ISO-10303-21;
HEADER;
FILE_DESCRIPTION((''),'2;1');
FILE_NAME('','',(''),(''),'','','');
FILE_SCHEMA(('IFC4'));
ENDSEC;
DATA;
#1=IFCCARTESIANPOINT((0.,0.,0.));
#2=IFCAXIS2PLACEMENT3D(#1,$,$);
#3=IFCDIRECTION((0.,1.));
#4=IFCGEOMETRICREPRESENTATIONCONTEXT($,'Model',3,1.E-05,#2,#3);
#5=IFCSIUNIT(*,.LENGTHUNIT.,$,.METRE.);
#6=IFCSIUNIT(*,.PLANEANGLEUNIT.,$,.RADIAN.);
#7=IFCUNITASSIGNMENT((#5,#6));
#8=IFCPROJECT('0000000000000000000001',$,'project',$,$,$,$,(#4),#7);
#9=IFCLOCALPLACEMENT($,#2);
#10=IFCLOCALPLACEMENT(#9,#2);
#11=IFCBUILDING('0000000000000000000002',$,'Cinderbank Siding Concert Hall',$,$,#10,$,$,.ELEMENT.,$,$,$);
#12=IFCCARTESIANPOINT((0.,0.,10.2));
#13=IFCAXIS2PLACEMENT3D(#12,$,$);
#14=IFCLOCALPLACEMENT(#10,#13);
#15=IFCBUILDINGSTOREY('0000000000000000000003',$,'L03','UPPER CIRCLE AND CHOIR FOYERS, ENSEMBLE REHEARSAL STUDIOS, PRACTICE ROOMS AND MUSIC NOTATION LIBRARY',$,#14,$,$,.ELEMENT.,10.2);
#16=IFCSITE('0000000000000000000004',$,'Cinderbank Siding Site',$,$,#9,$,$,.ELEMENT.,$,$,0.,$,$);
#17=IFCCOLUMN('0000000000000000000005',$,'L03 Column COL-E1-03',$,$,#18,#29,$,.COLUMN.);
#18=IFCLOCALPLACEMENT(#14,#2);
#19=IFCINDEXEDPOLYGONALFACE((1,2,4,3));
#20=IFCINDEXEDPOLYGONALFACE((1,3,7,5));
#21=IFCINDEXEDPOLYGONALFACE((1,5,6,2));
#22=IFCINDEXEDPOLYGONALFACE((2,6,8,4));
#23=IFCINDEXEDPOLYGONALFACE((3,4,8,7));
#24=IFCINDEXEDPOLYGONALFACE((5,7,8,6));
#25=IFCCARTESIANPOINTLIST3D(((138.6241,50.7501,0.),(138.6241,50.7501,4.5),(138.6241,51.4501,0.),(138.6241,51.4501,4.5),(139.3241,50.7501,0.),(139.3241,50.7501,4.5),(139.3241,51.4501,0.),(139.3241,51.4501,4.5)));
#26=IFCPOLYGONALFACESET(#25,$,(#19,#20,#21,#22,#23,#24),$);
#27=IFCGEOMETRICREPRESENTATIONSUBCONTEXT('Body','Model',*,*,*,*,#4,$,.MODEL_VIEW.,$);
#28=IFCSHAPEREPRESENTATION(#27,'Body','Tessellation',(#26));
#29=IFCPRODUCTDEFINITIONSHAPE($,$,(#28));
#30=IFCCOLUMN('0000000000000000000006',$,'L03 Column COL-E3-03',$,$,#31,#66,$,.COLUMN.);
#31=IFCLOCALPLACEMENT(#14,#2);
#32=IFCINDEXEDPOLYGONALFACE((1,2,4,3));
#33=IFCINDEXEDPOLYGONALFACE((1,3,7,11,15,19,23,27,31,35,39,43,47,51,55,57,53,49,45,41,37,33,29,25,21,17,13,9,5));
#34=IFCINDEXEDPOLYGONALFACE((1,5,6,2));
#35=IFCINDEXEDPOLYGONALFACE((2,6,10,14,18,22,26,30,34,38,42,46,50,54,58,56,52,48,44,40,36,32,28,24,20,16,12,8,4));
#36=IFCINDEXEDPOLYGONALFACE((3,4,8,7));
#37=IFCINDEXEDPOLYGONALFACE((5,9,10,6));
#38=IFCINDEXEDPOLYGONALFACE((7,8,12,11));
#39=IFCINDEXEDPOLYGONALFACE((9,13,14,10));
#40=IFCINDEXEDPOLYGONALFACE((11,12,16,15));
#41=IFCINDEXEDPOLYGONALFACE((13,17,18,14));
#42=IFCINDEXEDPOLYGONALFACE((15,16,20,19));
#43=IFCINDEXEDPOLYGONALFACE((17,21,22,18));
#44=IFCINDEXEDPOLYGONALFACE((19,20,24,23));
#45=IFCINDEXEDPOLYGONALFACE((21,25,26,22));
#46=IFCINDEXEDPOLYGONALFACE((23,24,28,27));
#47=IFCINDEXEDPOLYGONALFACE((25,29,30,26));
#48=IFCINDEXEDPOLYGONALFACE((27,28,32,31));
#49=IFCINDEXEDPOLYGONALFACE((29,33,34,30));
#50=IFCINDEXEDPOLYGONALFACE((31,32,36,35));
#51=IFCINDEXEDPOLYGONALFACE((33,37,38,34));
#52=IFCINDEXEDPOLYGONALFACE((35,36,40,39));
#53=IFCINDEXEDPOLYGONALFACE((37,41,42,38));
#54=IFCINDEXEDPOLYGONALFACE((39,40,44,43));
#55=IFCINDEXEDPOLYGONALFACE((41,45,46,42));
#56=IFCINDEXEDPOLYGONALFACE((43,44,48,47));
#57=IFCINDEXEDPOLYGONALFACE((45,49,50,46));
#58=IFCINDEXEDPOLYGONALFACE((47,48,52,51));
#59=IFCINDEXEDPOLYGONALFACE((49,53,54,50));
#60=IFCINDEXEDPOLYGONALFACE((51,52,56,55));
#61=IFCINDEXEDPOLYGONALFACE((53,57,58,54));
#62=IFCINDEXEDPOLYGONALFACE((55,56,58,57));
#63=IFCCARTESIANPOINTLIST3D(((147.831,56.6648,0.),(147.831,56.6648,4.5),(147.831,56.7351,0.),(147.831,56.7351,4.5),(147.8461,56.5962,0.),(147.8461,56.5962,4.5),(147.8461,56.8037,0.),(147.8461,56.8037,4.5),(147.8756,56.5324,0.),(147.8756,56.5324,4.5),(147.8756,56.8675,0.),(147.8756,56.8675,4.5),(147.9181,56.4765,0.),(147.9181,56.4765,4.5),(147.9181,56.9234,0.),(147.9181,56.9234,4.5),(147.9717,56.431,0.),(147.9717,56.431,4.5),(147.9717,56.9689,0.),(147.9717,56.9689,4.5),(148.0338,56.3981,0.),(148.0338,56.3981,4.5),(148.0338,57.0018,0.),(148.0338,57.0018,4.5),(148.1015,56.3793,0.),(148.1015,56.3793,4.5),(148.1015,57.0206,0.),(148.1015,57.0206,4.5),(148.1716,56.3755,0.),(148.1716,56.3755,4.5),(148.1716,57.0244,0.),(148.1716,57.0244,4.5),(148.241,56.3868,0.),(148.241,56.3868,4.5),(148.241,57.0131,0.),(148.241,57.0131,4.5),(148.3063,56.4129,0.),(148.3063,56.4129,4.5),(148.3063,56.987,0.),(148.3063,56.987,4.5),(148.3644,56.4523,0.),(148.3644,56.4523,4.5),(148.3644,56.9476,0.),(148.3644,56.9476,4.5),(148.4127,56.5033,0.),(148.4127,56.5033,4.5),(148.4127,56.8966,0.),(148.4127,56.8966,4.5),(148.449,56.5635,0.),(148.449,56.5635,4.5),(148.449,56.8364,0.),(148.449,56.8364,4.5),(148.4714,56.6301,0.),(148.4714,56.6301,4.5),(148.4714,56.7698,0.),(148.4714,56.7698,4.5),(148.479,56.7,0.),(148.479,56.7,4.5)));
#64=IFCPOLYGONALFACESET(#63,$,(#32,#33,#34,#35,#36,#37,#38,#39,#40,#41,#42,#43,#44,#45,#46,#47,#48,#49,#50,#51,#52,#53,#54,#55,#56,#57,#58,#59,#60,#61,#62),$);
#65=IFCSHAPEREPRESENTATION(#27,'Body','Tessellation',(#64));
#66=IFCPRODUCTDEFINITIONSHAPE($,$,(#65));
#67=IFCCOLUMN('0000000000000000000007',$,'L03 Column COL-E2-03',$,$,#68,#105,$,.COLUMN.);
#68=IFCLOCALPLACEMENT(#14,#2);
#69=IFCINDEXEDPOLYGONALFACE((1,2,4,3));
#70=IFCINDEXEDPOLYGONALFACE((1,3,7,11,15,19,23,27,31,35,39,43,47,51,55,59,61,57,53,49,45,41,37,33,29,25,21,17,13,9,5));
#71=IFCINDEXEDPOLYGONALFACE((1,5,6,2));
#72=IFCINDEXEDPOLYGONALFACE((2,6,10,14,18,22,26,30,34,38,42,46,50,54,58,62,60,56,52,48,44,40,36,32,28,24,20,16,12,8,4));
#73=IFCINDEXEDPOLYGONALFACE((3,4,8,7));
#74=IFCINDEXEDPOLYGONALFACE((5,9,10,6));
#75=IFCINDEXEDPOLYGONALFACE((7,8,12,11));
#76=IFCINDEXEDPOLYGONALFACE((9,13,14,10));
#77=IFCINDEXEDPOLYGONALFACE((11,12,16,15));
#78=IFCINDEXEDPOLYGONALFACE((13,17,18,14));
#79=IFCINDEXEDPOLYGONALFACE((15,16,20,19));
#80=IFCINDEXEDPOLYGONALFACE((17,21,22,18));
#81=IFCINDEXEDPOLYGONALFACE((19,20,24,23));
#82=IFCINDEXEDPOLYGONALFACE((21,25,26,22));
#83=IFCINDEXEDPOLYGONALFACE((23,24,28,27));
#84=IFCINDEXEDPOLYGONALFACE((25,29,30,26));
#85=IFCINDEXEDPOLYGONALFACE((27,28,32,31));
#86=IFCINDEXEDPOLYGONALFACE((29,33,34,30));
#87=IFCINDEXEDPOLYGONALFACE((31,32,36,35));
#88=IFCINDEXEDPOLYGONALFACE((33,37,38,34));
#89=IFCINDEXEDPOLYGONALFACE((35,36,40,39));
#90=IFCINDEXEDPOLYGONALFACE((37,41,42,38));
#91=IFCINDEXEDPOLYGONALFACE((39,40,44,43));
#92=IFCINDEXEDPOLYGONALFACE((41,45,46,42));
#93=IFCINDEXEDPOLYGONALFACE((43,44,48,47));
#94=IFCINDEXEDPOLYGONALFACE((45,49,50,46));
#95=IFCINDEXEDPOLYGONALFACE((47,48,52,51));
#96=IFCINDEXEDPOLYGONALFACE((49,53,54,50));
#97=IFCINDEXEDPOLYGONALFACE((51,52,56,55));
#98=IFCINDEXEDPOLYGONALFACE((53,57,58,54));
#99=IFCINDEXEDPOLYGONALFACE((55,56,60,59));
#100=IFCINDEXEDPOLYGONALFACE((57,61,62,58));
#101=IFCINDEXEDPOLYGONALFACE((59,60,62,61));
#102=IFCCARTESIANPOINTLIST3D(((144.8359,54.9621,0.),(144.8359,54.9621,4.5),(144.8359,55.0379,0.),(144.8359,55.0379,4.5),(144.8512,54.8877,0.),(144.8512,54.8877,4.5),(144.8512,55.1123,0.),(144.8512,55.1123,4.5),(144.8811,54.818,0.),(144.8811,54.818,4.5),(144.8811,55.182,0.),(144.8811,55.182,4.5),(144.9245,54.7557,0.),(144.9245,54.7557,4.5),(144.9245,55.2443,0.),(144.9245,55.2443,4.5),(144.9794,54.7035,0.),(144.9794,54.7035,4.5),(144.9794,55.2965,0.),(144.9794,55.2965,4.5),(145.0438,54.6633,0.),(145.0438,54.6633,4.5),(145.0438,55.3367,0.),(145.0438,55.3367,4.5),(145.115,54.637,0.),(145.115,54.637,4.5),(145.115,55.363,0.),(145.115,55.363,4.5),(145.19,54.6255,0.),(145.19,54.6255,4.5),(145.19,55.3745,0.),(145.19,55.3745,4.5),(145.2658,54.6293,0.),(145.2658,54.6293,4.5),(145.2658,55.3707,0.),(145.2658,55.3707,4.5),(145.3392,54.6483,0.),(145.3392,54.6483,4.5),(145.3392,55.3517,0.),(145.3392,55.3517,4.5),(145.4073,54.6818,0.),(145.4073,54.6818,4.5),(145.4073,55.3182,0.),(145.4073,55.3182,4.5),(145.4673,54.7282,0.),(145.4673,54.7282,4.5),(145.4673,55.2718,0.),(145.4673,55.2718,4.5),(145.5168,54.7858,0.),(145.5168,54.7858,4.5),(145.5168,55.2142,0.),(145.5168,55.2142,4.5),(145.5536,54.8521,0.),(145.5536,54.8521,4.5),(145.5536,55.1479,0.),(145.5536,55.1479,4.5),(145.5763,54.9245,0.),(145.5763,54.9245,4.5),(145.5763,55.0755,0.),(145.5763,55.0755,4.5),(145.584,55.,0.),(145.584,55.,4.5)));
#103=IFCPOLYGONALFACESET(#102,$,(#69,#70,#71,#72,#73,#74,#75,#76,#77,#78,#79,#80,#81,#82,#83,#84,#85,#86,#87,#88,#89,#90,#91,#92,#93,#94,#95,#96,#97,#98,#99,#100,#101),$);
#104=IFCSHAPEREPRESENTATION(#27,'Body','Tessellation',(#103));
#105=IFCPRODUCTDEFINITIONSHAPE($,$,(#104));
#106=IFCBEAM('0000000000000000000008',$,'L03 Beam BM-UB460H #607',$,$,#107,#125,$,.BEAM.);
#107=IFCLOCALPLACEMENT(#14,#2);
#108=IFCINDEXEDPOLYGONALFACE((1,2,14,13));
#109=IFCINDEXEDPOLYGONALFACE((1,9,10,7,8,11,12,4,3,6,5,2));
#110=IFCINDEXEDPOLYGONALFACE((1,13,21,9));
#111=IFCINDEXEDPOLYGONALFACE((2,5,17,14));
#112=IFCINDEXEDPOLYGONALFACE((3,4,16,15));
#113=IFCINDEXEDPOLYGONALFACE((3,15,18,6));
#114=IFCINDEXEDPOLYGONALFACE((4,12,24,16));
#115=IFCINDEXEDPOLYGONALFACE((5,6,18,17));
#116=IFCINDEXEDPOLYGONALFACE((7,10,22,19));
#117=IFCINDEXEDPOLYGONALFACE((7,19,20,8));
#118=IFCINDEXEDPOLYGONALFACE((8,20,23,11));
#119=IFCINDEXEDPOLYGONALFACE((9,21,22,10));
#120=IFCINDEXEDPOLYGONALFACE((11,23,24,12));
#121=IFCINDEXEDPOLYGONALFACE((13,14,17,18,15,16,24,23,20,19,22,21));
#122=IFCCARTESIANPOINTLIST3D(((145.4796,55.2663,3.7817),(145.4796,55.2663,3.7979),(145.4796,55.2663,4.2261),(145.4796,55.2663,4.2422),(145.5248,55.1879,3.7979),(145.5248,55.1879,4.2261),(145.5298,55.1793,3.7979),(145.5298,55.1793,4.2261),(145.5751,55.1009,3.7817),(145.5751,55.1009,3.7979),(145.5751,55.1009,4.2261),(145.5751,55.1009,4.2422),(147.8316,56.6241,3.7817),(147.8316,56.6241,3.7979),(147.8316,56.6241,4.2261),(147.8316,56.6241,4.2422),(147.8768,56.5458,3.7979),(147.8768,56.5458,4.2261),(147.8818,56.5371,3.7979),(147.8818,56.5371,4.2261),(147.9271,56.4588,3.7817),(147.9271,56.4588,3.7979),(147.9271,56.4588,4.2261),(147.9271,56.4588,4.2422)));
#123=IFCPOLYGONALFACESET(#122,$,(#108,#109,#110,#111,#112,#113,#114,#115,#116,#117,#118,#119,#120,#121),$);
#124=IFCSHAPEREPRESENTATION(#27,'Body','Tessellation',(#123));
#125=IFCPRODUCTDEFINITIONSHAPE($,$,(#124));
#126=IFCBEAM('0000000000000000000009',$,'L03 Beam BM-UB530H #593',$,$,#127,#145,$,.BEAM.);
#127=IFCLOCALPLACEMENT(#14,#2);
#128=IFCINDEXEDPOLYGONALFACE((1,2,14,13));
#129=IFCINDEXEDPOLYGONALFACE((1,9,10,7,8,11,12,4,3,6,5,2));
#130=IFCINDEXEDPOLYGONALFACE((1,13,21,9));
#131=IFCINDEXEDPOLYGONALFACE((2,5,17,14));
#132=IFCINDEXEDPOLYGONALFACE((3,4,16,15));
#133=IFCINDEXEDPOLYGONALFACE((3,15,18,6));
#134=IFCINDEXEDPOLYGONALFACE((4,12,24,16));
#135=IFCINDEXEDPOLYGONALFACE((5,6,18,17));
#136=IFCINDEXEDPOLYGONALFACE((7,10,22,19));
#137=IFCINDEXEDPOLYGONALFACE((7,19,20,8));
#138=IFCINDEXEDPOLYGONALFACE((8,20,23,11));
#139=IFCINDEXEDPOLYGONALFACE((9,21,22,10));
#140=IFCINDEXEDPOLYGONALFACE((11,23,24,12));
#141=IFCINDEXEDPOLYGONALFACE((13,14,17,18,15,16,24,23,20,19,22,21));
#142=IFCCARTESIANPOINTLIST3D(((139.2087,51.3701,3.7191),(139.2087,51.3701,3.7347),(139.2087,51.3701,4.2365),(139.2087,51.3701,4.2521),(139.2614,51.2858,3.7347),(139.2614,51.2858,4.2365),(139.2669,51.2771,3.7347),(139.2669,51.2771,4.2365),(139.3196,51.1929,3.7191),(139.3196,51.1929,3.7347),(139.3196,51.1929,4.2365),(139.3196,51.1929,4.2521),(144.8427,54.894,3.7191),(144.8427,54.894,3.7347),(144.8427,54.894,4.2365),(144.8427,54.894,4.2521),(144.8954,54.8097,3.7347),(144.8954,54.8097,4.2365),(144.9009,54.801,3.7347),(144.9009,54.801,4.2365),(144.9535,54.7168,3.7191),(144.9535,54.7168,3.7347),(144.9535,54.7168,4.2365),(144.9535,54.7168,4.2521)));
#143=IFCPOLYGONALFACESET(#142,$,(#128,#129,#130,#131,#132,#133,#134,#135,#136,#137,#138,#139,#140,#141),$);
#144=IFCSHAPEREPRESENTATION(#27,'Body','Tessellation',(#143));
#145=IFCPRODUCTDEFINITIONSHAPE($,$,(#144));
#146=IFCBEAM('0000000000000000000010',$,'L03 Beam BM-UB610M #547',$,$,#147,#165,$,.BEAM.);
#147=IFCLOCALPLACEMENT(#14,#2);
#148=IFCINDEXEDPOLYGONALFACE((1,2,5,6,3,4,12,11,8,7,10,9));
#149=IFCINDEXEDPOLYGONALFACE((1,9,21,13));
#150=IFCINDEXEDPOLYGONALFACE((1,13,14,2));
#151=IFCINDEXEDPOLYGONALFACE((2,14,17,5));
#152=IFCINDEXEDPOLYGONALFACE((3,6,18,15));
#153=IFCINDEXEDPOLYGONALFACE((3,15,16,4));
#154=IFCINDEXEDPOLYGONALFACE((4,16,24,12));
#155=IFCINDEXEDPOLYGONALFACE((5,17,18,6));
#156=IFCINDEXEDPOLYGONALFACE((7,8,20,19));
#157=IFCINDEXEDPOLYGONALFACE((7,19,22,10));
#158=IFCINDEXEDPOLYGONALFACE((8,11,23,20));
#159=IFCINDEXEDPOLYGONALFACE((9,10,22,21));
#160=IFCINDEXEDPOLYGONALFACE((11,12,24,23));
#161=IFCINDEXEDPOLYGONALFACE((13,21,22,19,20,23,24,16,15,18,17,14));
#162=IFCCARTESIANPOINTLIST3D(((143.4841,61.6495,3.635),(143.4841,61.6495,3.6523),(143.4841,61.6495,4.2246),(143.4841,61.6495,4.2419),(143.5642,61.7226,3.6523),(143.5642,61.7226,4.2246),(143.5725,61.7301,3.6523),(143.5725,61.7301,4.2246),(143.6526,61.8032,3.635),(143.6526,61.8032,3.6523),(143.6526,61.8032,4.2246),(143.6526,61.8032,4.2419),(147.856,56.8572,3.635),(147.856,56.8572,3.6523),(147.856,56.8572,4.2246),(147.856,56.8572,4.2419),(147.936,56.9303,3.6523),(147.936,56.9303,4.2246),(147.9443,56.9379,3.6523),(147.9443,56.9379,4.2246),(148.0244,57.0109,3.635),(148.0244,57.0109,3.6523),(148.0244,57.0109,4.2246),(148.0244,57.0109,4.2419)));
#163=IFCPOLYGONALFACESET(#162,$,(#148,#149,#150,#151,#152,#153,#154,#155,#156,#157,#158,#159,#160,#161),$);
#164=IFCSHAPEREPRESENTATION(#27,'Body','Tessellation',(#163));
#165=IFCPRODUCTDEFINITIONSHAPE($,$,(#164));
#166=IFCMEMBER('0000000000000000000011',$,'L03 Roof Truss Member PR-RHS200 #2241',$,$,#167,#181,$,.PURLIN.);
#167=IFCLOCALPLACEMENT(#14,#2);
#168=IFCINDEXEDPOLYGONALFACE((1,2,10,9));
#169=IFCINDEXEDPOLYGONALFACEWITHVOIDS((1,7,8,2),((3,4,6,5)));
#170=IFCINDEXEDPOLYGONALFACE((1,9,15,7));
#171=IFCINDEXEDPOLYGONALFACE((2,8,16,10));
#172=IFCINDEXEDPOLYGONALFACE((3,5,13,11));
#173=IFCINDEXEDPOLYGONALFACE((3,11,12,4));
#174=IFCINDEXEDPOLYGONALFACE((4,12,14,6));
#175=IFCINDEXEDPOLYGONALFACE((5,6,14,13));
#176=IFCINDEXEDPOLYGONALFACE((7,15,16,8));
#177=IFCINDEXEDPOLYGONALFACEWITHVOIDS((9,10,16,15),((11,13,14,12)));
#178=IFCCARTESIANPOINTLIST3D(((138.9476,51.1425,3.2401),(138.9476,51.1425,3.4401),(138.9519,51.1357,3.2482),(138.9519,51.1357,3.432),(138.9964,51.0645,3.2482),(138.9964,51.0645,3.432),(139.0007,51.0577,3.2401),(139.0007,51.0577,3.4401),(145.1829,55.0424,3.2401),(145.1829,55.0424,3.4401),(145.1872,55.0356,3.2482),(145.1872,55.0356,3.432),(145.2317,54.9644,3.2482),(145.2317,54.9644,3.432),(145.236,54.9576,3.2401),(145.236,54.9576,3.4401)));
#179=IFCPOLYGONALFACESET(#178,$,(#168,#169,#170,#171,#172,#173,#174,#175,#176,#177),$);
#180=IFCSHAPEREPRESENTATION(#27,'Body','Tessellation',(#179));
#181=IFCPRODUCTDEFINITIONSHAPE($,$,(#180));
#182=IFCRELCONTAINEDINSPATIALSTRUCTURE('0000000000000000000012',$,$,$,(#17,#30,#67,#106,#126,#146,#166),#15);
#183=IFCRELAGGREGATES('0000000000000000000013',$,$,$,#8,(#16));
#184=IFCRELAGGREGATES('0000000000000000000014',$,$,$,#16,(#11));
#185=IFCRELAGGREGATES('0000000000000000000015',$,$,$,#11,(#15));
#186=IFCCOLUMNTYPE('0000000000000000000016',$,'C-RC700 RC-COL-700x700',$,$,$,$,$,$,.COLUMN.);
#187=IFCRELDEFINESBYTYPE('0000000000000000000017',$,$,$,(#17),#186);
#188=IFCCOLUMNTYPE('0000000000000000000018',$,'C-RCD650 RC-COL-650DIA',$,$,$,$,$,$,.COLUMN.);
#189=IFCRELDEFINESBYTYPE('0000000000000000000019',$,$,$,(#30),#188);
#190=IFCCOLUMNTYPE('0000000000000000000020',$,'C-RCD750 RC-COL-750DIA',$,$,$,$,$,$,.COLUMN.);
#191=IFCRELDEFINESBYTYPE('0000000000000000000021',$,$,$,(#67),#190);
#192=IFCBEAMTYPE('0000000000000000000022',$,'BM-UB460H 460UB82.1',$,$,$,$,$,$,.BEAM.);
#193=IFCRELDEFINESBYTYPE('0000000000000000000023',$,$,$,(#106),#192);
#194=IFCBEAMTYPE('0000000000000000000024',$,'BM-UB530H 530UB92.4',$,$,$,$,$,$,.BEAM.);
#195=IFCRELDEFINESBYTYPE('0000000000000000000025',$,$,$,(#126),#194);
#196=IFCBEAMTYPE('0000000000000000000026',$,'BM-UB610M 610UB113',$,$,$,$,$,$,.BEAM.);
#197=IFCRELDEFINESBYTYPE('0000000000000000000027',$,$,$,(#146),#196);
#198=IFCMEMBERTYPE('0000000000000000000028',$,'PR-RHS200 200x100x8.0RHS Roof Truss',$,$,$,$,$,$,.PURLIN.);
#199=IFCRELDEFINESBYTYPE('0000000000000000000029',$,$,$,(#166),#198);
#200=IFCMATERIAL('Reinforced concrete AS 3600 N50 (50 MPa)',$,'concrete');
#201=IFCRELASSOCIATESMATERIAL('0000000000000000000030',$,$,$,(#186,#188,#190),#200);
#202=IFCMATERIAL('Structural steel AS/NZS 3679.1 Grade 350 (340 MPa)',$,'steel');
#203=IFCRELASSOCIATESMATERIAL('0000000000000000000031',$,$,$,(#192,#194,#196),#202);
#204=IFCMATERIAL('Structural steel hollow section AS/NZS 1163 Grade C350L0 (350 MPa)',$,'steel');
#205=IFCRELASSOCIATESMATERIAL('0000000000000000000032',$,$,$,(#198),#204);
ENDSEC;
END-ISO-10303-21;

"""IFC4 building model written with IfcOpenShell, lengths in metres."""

from ifc_helpers import new_model, si_unit, direction, frame, origin, origin_2d, place, context, subcontext, project, spatial, rectangle, hollow_rectangle, circle, i_section, extrude, material, material_profile, profile_set, type_object, element, save


model = new_model("IFC4")

# Units and contexts
model_context = context("Model", 3, precision=1e-05, world=origin(), true_north=direction((0.0, 1.0)))
body_context = subcontext(model_context, "Body", "Model", "MODEL_VIEW")
ifc_project = project(units=[si_unit("LENGTHUNIT", "METRE"), si_unit("PLANEANGLEUNIT", "RADIAN")], contexts=[model_context])

# Site, building, storey
site_placement = place(None, origin())
site = spatial("IfcSite", under=ifc_project, at=site_placement, Name="Cinderbank Siding Site", CompositionType="ELEMENT", RefElevation=0.0)
building_placement = place(site_placement, origin())
building = spatial("IfcBuilding", under=site, at=building_placement, Name="Cinderbank Siding Concert Hall", CompositionType="ELEMENT")
storey_placement = place(building_placement, frame((0.0, 0.0, 10.2)))
storey = spatial("IfcBuildingStorey", under=building, at=storey_placement, Name="L03", Description="UPPER CIRCLE AND CHOIR FOYERS, ENSEMBLE REHEARSAL STUDIOS, PRACTICE ROOMS AND MUSIC NOTATION LIBRARY", CompositionType="ELEMENT", Elevation=10.2)

# Columns
ifc_material_1 = material(Name="Reinforced concrete AS 3600 N50 (50 MPa)", Category="concrete")
ifc_material_profile_1 = material_profile(ifc_material_1, rectangle(XDim=0.7, YDim=0.7, at=origin_2d()), Name="RC-COL-700x700", Category="LoadBearing")
ifc_profile_set_1 = profile_set([ifc_material_profile_1], Name="Reinforced concrete AS 3600 N50 (50 MPa)")
column_type_1 = type_object("IfcColumnType", Name="C-RC700 RC-COL-700x700", PredefinedType="COLUMN", material=ifc_profile_set_1)
column_1_placement = place(storey_placement, frame((138.9741, 51.1001, 0.0), z_axis=(0.0, 0.0, 1.0), x_axis=(1.0, 0.0, 0.0)))
element("IfcColumn", 1, at=column_1_placement, inside=storey, type_object=column_type_1, Name="L03 Column COL-E1-03", PredefinedType="COLUMN", context=body_context, shape_type="SweptSolid", body=[
    extrude(rectangle(XDim=0.7, YDim=0.7, at=origin_2d()), origin(), (0.0, 0.0, 1.0), 4.5),
])
ifc_material_profile_2 = material_profile(ifc_material_1, circle(Radius=0.325, at=origin_2d()), Name="RC-COL-650DIA", Category="LoadBearing")
ifc_profile_set_2 = profile_set([ifc_material_profile_2], Name="Reinforced concrete AS 3600 N50 (50 MPa)")
column_type_2 = type_object("IfcColumnType", Name="C-RCD650 RC-COL-650DIA", PredefinedType="COLUMN", material=ifc_profile_set_2)
column_2_placement = place(storey_placement, frame((148.1541, 56.7, 0.0), z_axis=(0.0, 0.0, 1.0), x_axis=(1.0, 0.0, 0.0)))
element("IfcColumn", 2, at=column_2_placement, inside=storey, type_object=column_type_2, Name="L03 Column COL-E3-03", PredefinedType="COLUMN", context=body_context, shape_type="SweptSolid", body=[
    extrude(circle(Radius=0.325, at=origin_2d()), origin(), (0.0, 0.0, 1.0), 4.5),
])
ifc_material_profile_3 = material_profile(ifc_material_1, circle(Radius=0.375, at=origin_2d()), Name="RC-COL-750DIA", Category="LoadBearing")
ifc_profile_set_3 = profile_set([ifc_material_profile_3], Name="Reinforced concrete AS 3600 N50 (50 MPa)")
column_type_3 = type_object("IfcColumnType", Name="C-RCD750 RC-COL-750DIA", PredefinedType="COLUMN", material=ifc_profile_set_3)
column_3_placement = place(storey_placement, frame((145.209, 55.0, 0.0), z_axis=(0.0, 0.0, 1.0), x_axis=(1.0, 0.0, 0.0)))
element("IfcColumn", 3, at=column_3_placement, inside=storey, type_object=column_type_3, Name="L03 Column COL-E2-03", PredefinedType="COLUMN", context=body_context, shape_type="SweptSolid", body=[
    extrude(circle(Radius=0.375, at=origin_2d()), origin(), (0.0, 0.0, 1.0), 4.5),
])

# Beams
ifc_material_2 = material(Name="Structural steel AS/NZS 3679.1 Grade 350 (340 MPa)", Category="steel")
ifc_material_profile_4 = material_profile(ifc_material_2, i_section(OverallWidth=0.1909, OverallDepth=0.4604, WebThickness=0.01, FlangeThickness=0.0161, at=origin_2d()), Name="460UB82.1", Category="LoadBearing")
ifc_profile_set_4 = profile_set([ifc_material_profile_4], Name="Structural steel AS/NZS 3679.1 Grade 350 (340 MPa)")
beam_type_1 = type_object("IfcBeamType", Name="BM-UB460H 460UB82.1", PredefinedType="BEAM", material=ifc_profile_set_4)
beam_1_placement = place(storey_placement, frame((145.5273, 55.1836, 4.012), z_axis=(0.866033, 0.499987, 0.0), x_axis=(-0.499987, 0.866033, 0.0)))
element("IfcBeam", 4, at=beam_1_placement, inside=storey, type_object=beam_type_1, Name="L03 Beam BM-UB460H #607", PredefinedType="BEAM", context=body_context, shape_type="SweptSolid", body=[
    extrude(i_section(OverallWidth=0.1909, OverallDepth=0.4604, WebThickness=0.01, FlangeThickness=0.0161, at=origin_2d()), origin(), (0.0, 0.0, 1.0), 2.7158),
])
ifc_material_profile_5 = material_profile(ifc_material_2, i_section(OverallWidth=0.209, OverallDepth=0.533, WebThickness=0.0103, FlangeThickness=0.0156, at=origin_2d()), Name="530UB92.4", Category="LoadBearing")
ifc_profile_set_5 = profile_set([ifc_material_profile_5], Name="Structural steel AS/NZS 3679.1 Grade 350 (340 MPa)")
beam_type_2 = type_object("IfcBeamType", Name="BM-UB530H 530UB92.4", PredefinedType="BEAM", material=ifc_profile_set_5)
beam_2_placement = place(storey_placement, frame((139.2642, 51.2815, 3.9856), z_axis=(0.847819, 0.530286, 0.0), x_axis=(-0.530286, 0.847819, 0.0)))
element("IfcBeam", 5, at=beam_2_placement, inside=storey, type_object=beam_type_2, Name="L03 Beam BM-UB530H #593", PredefinedType="BEAM", context=body_context, shape_type="SweptSolid", body=[
    extrude(i_section(OverallWidth=0.209, OverallDepth=0.533, WebThickness=0.0103, FlangeThickness=0.0156, at=origin_2d()), origin(), (0.0, 0.0, 1.0), 6.6453),
])
ifc_material_profile_6 = material_profile(ifc_material_2, i_section(OverallWidth=0.228, OverallDepth=0.6069, WebThickness=0.0112, FlangeThickness=0.0173, at=origin_2d()), Name="610UB113", Category="LoadBearing")
ifc_profile_set_6 = profile_set([ifc_material_profile_6], Name="Structural steel AS/NZS 3679.1 Grade 350 (340 MPa)")
beam_type_3 = type_object("IfcBeamType", Name="BM-UB610M 610UB113", PredefinedType="BEAM", material=ifc_profile_set_6)
beam_3_placement = place(storey_placement, frame((147.9402, 56.9341, 3.9385), z_axis=(-0.673959, 0.738769, 0.0), x_axis=(-0.738769, -0.673959, 0.0)))
element("IfcBeam", 6, at=beam_3_placement, inside=storey, type_object=beam_type_3, Name="L03 Beam BM-UB610M #547", PredefinedType="BEAM", context=body_context, shape_type="SweptSolid", body=[
    extrude(i_section(OverallWidth=0.228, OverallDepth=0.6069, WebThickness=0.0112, FlangeThickness=0.0173, at=origin_2d()), origin(), (0.0, 0.0, 1.0), 6.4868),
])

# Member
ifc_material_3 = material(Name="Structural steel hollow section AS/NZS 1163 Grade C350L0 (350 MPa)", Category="steel")
ifc_material_profile_7 = material_profile(ifc_material_3, hollow_rectangle(XDim=0.1001, YDim=0.2, WallThickness=0.0081, at=origin_2d()), Name="200x100x8.0RHS", Category="LoadBearing")
ifc_profile_set_7 = profile_set([ifc_material_profile_7], Name="Structural steel hollow section AS/NZS 1163 Grade C350L0 (350 MPa)")
member_type_1 = type_object("IfcMemberType", Name="PR-RHS200 200x100x8.0RHS Roof Truss", PredefinedType="PURLIN", material=ifc_profile_set_7)
member_1_placement = place(storey_placement, frame((138.9741, 51.1001, 3.3401), z_axis=(0.847827, 0.530273, 0.0), x_axis=(-0.530273, 0.847827, 0.0)))
element("IfcMember", 7, at=member_1_placement, inside=storey, type_object=member_type_1, Name="L03 Roof Truss Member PR-RHS200 #2241", PredefinedType="PURLIN", context=body_context, shape_type="SweptSolid", body=[
    extrude(hollow_rectangle(XDim=0.1001, YDim=0.2, WallThickness=0.0081, at=origin_2d()), origin(), (0.0, 0.0, 1.0), 7.3545),
])

save(model, "model.ifc")
